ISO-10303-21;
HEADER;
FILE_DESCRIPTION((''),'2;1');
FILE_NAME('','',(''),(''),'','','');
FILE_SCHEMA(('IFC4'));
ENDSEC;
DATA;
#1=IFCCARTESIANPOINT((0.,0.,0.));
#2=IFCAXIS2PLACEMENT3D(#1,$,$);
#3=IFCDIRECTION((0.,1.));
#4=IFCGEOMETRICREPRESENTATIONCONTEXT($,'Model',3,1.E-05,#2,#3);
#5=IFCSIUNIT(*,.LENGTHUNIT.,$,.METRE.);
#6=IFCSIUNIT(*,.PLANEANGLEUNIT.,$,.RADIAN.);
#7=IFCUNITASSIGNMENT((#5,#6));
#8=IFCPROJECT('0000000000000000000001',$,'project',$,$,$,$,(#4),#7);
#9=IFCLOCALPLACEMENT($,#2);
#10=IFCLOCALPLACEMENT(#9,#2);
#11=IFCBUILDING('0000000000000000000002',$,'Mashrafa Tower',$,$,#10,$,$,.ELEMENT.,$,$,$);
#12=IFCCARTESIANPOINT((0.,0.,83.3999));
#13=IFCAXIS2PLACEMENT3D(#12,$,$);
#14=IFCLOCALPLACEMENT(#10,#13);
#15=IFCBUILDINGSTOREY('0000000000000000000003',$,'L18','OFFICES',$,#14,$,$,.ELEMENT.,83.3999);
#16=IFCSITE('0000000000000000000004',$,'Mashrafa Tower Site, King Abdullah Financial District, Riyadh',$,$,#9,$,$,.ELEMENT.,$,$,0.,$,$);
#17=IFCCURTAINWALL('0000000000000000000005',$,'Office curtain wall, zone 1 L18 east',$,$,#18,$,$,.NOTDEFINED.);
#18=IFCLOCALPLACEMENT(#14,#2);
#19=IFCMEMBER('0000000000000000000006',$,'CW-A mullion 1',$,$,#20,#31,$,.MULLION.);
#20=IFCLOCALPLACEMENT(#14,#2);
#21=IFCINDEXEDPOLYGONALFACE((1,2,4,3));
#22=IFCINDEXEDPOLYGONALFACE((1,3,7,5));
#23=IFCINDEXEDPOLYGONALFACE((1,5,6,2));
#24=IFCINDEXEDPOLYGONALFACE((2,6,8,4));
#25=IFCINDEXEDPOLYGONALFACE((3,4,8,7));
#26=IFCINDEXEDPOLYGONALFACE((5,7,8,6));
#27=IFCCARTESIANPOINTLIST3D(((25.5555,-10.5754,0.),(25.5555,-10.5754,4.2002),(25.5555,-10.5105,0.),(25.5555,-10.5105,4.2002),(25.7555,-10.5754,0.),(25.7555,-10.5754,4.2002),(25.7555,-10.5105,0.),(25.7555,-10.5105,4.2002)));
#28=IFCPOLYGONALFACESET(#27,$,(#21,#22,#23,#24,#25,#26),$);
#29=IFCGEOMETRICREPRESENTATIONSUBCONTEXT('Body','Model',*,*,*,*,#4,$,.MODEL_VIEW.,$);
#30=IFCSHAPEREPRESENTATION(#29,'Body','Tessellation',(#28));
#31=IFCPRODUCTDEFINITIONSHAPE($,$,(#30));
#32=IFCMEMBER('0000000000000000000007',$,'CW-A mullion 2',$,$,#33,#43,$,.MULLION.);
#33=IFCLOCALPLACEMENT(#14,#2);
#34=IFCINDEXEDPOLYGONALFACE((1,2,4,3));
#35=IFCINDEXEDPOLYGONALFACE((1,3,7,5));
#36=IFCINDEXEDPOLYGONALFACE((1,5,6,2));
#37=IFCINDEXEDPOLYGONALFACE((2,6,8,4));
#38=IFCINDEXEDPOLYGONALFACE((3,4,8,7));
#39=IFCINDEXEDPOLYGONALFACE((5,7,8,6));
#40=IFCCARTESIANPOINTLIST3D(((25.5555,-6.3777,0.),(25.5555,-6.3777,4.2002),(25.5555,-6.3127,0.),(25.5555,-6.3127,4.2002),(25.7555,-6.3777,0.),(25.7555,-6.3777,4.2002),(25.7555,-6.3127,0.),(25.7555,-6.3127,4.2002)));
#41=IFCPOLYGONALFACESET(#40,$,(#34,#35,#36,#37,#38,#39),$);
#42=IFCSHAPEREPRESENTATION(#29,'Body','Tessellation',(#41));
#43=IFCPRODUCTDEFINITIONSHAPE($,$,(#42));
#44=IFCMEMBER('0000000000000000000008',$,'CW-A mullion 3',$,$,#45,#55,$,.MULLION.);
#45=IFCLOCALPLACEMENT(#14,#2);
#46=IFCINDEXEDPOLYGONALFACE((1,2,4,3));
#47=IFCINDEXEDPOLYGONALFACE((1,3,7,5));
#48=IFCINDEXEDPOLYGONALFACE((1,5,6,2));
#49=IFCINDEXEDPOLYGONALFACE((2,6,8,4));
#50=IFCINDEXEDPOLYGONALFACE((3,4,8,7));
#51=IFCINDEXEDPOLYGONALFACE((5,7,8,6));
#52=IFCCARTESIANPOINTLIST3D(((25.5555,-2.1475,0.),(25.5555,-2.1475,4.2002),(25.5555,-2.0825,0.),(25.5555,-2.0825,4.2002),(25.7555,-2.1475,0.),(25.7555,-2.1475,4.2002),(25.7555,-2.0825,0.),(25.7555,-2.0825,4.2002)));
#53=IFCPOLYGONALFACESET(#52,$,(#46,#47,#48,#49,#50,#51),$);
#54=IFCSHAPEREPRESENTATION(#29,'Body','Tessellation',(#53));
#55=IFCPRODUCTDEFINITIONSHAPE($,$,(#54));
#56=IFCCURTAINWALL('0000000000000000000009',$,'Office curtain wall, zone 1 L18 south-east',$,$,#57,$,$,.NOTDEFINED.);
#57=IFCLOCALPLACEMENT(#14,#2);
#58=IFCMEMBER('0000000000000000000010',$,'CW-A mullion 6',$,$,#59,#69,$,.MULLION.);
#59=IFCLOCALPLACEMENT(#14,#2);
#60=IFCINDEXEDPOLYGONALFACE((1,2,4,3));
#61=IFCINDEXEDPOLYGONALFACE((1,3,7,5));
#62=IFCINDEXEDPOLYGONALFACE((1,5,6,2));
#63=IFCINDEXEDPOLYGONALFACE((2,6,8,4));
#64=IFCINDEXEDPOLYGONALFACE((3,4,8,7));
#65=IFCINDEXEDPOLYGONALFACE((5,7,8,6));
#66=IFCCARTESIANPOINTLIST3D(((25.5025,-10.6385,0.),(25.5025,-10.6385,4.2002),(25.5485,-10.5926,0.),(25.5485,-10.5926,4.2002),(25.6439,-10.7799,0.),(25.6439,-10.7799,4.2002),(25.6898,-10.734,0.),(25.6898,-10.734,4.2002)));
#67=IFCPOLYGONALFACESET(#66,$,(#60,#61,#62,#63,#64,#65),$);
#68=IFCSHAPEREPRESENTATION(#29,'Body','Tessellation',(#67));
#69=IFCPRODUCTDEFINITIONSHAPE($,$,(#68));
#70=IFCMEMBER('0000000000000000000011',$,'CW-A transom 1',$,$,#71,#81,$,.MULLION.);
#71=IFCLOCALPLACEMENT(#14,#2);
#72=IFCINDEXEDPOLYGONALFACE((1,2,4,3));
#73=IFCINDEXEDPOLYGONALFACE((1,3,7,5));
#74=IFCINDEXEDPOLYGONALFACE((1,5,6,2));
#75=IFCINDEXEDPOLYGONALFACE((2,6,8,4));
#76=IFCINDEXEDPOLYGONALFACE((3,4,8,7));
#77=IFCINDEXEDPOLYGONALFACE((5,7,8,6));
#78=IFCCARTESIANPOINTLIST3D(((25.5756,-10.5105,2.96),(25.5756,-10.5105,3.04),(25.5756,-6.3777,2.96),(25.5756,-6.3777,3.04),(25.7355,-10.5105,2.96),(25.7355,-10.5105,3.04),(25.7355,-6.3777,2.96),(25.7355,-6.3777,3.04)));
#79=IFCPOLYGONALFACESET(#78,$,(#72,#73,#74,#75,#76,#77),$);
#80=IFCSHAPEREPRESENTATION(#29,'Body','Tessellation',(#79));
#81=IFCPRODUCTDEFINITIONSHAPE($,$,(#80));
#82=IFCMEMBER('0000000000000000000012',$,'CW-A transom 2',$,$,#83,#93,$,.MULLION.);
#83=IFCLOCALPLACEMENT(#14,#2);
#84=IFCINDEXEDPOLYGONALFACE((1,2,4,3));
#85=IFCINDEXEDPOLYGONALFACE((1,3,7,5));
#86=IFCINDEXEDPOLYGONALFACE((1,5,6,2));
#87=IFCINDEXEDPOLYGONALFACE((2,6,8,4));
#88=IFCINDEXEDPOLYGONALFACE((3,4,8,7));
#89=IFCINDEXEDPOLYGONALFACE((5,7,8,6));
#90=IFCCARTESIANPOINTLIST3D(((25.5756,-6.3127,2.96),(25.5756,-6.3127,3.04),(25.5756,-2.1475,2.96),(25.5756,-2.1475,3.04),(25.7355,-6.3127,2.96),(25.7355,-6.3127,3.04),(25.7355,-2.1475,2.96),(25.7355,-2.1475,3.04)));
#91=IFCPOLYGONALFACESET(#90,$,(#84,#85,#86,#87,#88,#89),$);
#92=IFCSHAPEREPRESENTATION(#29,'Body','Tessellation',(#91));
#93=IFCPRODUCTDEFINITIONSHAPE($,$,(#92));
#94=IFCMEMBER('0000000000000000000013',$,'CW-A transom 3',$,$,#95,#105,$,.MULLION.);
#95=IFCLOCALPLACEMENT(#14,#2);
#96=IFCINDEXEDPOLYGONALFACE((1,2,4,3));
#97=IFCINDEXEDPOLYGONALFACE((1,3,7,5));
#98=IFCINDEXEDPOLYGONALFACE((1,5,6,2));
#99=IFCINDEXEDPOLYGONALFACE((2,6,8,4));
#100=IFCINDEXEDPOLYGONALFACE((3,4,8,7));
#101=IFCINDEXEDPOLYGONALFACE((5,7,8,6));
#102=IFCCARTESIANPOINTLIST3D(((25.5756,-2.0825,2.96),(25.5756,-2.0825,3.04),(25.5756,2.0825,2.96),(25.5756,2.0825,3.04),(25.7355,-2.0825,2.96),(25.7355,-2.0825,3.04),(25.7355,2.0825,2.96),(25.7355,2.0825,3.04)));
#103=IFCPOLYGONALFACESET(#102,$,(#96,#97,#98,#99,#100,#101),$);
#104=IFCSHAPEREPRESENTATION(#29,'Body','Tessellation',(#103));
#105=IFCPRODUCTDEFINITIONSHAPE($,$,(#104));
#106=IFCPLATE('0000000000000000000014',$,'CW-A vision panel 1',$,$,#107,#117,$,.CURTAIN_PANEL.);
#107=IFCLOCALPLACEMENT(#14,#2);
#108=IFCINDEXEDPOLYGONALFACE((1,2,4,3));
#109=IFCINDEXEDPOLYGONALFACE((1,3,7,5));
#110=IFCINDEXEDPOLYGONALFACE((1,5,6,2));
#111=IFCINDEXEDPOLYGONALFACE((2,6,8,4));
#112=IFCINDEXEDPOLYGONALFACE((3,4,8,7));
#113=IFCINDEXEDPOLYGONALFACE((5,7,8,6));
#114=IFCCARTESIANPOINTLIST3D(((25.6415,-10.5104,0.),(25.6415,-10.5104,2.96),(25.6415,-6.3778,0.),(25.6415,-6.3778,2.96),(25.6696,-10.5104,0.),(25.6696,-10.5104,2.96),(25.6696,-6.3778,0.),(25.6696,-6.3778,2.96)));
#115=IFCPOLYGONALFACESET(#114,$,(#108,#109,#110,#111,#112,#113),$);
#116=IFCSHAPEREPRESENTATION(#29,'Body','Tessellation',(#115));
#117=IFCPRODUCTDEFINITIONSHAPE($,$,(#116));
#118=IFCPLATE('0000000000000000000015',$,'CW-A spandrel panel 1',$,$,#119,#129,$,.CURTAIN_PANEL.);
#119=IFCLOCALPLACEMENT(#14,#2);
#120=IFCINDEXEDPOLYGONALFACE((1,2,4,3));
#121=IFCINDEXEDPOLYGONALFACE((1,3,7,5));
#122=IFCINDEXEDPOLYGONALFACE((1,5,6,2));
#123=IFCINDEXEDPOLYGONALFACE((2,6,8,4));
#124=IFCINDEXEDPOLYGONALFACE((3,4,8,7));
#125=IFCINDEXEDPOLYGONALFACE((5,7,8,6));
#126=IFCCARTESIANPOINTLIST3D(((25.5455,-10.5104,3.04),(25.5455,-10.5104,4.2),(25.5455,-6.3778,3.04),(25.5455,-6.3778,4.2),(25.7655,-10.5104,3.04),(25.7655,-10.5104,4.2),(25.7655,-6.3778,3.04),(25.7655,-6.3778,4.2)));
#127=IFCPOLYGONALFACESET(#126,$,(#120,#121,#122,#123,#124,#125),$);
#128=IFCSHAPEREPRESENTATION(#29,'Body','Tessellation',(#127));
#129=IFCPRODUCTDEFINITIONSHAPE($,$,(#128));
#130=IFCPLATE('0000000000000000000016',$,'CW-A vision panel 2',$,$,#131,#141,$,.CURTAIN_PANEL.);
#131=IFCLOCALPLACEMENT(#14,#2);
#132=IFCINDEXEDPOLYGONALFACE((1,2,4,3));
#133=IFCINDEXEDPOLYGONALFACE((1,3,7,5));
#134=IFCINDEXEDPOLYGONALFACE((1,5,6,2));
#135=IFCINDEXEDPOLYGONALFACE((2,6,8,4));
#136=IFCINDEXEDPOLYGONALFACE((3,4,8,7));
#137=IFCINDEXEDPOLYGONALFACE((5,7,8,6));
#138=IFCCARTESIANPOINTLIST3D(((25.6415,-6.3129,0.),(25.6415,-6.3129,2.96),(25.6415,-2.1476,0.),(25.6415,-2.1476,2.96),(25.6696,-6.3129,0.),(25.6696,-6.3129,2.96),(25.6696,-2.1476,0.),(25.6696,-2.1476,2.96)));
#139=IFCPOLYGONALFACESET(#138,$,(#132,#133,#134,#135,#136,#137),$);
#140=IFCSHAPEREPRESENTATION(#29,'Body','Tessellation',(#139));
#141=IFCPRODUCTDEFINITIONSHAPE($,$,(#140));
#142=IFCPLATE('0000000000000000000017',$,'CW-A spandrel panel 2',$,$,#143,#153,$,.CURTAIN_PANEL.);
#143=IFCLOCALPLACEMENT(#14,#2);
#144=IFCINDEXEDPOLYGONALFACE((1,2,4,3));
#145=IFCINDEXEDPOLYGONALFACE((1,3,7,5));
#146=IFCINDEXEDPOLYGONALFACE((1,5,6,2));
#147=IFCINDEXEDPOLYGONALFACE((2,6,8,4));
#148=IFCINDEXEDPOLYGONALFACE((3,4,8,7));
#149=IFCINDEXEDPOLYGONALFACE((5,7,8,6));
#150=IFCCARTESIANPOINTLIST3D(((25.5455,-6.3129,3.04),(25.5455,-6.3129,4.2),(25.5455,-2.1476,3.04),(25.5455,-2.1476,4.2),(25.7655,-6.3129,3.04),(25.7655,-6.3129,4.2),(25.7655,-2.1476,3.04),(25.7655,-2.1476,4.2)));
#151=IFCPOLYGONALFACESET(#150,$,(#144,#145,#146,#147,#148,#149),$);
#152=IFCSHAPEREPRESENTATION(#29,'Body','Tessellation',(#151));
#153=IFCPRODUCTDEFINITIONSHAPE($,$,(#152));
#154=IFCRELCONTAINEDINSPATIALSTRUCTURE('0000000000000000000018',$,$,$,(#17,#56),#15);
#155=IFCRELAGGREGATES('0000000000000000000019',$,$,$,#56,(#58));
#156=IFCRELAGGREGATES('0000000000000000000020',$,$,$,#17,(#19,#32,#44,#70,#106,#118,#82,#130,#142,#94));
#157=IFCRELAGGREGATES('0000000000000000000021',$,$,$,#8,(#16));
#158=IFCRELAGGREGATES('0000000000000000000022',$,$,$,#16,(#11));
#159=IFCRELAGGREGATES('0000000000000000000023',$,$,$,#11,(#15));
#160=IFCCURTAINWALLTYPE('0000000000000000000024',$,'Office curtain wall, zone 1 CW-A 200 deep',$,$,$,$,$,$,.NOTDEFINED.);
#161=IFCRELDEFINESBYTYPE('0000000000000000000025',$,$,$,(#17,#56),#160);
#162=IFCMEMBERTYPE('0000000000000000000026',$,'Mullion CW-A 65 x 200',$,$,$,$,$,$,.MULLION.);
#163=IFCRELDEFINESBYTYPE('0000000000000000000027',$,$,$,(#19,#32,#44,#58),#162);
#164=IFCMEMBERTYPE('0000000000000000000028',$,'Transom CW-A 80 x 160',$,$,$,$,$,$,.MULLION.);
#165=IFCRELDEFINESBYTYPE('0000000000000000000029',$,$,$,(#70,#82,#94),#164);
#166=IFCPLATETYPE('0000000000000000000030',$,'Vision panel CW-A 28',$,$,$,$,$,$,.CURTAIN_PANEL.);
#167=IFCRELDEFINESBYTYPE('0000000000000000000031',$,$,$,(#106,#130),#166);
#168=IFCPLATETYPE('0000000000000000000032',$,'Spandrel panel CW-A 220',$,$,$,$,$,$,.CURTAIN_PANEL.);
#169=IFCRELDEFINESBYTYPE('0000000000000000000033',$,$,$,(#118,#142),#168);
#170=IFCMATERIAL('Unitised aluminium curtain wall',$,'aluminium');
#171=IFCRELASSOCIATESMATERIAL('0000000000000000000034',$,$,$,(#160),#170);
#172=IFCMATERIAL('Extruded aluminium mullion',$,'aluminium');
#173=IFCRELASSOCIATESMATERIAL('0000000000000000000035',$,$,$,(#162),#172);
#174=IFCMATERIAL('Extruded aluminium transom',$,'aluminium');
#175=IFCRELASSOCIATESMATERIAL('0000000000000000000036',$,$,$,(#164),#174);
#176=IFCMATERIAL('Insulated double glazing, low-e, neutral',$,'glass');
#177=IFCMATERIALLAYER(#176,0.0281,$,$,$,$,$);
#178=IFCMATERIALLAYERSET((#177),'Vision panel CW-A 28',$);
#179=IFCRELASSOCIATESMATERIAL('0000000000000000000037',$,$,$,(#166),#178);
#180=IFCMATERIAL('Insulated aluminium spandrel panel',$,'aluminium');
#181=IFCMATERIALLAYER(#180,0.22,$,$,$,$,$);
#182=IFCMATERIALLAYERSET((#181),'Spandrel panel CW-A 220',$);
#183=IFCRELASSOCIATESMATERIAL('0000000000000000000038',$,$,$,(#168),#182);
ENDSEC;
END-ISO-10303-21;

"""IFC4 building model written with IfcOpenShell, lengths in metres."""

from ifc_helpers import new_model, si_unit, direction, frame, origin, origin_2d, place, context, subcontext, project, spatial, rectangle, extrude, source, transform, mapped, material, layer, layer_set, material_profile, profile_set, type_object, type_shapes, element, aggregate, save


model = new_model("IFC4")

# Units and contexts
model_context = context("Model", 3, precision=1e-05, world=origin(), true_north=direction((0.0, 1.0)))
body_context = subcontext(model_context, "Body", "Model", "MODEL_VIEW")
ifc_project = project(units=[si_unit("LENGTHUNIT", "METRE"), si_unit("PLANEANGLEUNIT", "RADIAN")], contexts=[model_context])

# Site, building, storey
site_placement = place(None, origin())
site = spatial("IfcSite", under=ifc_project, at=site_placement, Name="Mashrafa Tower Site, King Abdullah Financial District, Riyadh", CompositionType="ELEMENT", RefElevation=0.0)
building_placement = place(site_placement, origin())
building = spatial("IfcBuilding", under=site, at=building_placement, Name="Mashrafa Tower", CompositionType="ELEMENT")
storey_placement = place(building_placement, frame((0.0, 0.0, 83.3999)))
storey = spatial("IfcBuildingStorey", under=building, at=storey_placement, Name="L18", Description="OFFICES", CompositionType="ELEMENT", Elevation=83.3999)

# Curtain wall, members
ifc_material_1 = material(Name="Unitised aluminium curtain wall", Category="aluminium")
curtain_wall_type = type_object("IfcCurtainWallType", Name="Office curtain wall, zone 1 CW-A 200 deep", PredefinedType="NOTDEFINED", material=ifc_material_1)
curtain_wall_1_placement = place(storey_placement, origin())
curtain_wall_1 = element("IfcCurtainWall", 1, at=curtain_wall_1_placement, inside=storey, type_object=curtain_wall_type, Name="Office curtain wall, zone 1 L18 east", PredefinedType="NOTDEFINED")
ifc_material_2 = material(Name="Extruded aluminium mullion", Category="aluminium")
ifc_material_profile_1 = material_profile(ifc_material_2, rectangle(XDim=0.2, YDim=0.0649, at=origin_2d()), Name="Mullion 65x200")
ifc_profile_set_1 = profile_set([ifc_material_profile_1], Name="Extruded aluminium mullion")
member_type_1 = type_object("IfcMemberType", Name="Mullion CW-A 65 x 200", PredefinedType="MULLION", material=ifc_profile_set_1)
shared_shape_1 = source(origin(), body_context, "Body", "SweptSolid", [
    extrude(rectangle(XDim=0.2, YDim=0.0649, at=origin_2d()), origin(), (0.0, 0.0, 1.0), 4.2002),
])
type_shapes(member_type_1, [shared_shape_1])
member_1_placement = place(storey_placement, frame((25.6555, -10.543, 0.0), z_axis=(0.0, 0.0, 1.0), x_axis=(-1.0, 0.0, 0.0)))
member_1 = element("IfcMember", 2, at=member_1_placement, type_object=member_type_1, Name="CW-A mullion 1", PredefinedType="MULLION", context=body_context, shape_type="MappedRepresentation", body=[
    mapped(shared_shape_1, transform((0.0, 0.0, 0.0))),
])
member_2_placement = place(storey_placement, frame((25.6555, -6.3452, 0.0), z_axis=(0.0, 0.0, 1.0), x_axis=(-1.0, 0.0, 0.0)))
member_2 = element("IfcMember", 3, at=member_2_placement, type_object=member_type_1, Name="CW-A mullion 2", PredefinedType="MULLION", context=body_context, shape_type="MappedRepresentation", body=[
    mapped(shared_shape_1, transform((0.0, 0.0, 0.0))),
])
member_3_placement = place(storey_placement, frame((25.6555, -2.115, 0.0), z_axis=(0.0, 0.0, 1.0), x_axis=(-1.0, 0.0, 0.0)))
member_3 = element("IfcMember", 4, at=member_3_placement, type_object=member_type_1, Name="CW-A mullion 3", PredefinedType="MULLION", context=body_context, shape_type="MappedRepresentation", body=[
    mapped(shared_shape_1, transform((0.0, 0.0, 0.0))),
])

# Curtain wall, member
curtain_wall_2_placement = place(storey_placement, origin())
curtain_wall_2 = element("IfcCurtainWall", 5, at=curtain_wall_2_placement, inside=storey, type_object=curtain_wall_type, Name="Office curtain wall, zone 1 L18 south-east", PredefinedType="NOTDEFINED")
member_4_placement = place(storey_placement, frame((25.5962, -10.6863, 0.0), z_axis=(0.0, 0.0, 1.0), x_axis=(-0.707107, 0.707107, 0.0)))
member_4 = element("IfcMember", 6, at=member_4_placement, type_object=member_type_1, Name="CW-A mullion 6", PredefinedType="MULLION", context=body_context, shape_type="MappedRepresentation", body=[
    mapped(shared_shape_1, transform((0.0, 0.0, 0.0))),
])
aggregate(curtain_wall_2, [member_4])

# Members
ifc_material_3 = material(Name="Extruded aluminium transom", Category="aluminium")
ifc_material_profile_2 = material_profile(ifc_material_3, rectangle(XDim=0.1599, YDim=0.0801, at=origin_2d()), Name="Transom 80x160")
ifc_profile_set_2 = profile_set([ifc_material_profile_2], Name="Extruded aluminium transom")
member_type_2 = type_object("IfcMemberType", Name="Transom CW-A 80 x 160", PredefinedType="MULLION", material=ifc_profile_set_2)
shared_shape_2 = source(origin(), body_context, "Body", "SweptSolid", [
    extrude(rectangle(XDim=0.1599, YDim=0.0801, at=origin_2d()), origin(), (0.0, 0.0, 1.0), 4.1328),
])
member_5_placement = place(storey_placement, frame((25.6555, -10.5105, 3.0), z_axis=(0.0, 1.0, 0.0), x_axis=(-1.0, 0.0, 0.0)))
member_5 = element("IfcMember", 7, at=member_5_placement, type_object=member_type_2, Name="CW-A transom 1", PredefinedType="MULLION", context=body_context, shape_type="MappedRepresentation", body=[
    mapped(shared_shape_2, transform((0.0, 0.0, 0.0))),
])
shared_shape_3 = source(origin(), body_context, "Body", "SweptSolid", [
    extrude(rectangle(XDim=0.1599, YDim=0.0801, at=origin_2d()), origin(), (0.0, 0.0, 1.0), 4.1653),
])
member_6_placement = place(storey_placement, frame((25.6555, -6.3127, 3.0), z_axis=(0.0, 1.0, 0.0), x_axis=(-1.0, 0.0, 0.0)))
member_6 = element("IfcMember", 8, at=member_6_placement, type_object=member_type_2, Name="CW-A transom 2", PredefinedType="MULLION", context=body_context, shape_type="MappedRepresentation", body=[
    mapped(shared_shape_3, transform((0.0, 0.0, 0.0))),
])
shared_shape_4 = source(origin(), body_context, "Body", "SweptSolid", [
    extrude(rectangle(XDim=0.1599, YDim=0.0801, at=origin_2d()), origin(), (0.0, 0.0, 1.0), 4.165),
])
type_shapes(member_type_2, [shared_shape_2, shared_shape_3, shared_shape_4])
member_7_placement = place(storey_placement, frame((25.6555, -2.0825, 3.0), z_axis=(0.0, 1.0, 0.0), x_axis=(-1.0, 0.0, 0.0)))
member_7 = element("IfcMember", 9, at=member_7_placement, type_object=member_type_2, Name="CW-A transom 3", PredefinedType="MULLION", context=body_context, shape_type="MappedRepresentation", body=[
    mapped(shared_shape_4, transform((0.0, 0.0, 0.0))),
])

# Plates
ifc_material_4 = material(Name="Insulated double glazing, low-e, neutral", Category="glass")
ifc_layer_1 = layer(ifc_material_4, 0.0281)
ifc_layer_set_1 = layer_set([ifc_layer_1], Name="Vision panel CW-A 28")
plate_type_1 = type_object("IfcPlateType", Name="Vision panel CW-A 28", PredefinedType="CURTAIN_PANEL", material=ifc_layer_set_1)
shared_shape_5 = source(origin(), body_context, "Body", "SweptSolid", [
    extrude(rectangle(XDim=4.1326, YDim=0.0281, at=origin_2d()), origin(), (0.0, 0.0, 1.0), 2.96),
])
plate_1_placement = place(storey_placement, frame((25.6555, -8.4441, 0.0), z_axis=(0.0, 0.0, 1.0), x_axis=(0.0, 1.0, 0.0)))
plate_1 = element("IfcPlate", 10, at=plate_1_placement, type_object=plate_type_1, Name="CW-A vision panel 1", PredefinedType="CURTAIN_PANEL", context=body_context, shape_type="MappedRepresentation", body=[
    mapped(shared_shape_5, transform((0.0, 0.0, 0.0))),
])
ifc_material_5 = material(Name="Insulated aluminium spandrel panel", Category="aluminium")
ifc_layer_2 = layer(ifc_material_5, 0.22)
ifc_layer_set_2 = layer_set([ifc_layer_2], Name="Spandrel panel CW-A 220")
plate_type_2 = type_object("IfcPlateType", Name="Spandrel panel CW-A 220", PredefinedType="CURTAIN_PANEL", material=ifc_layer_set_2)
shared_shape_6 = source(origin(), body_context, "Body", "SweptSolid", [
    extrude(rectangle(XDim=4.1326, YDim=0.22, at=origin_2d()), origin(), (0.0, 0.0, 1.0), 1.1599),
])
plate_2_placement = place(storey_placement, frame((25.6555, -8.4441, 3.04), z_axis=(0.0, 0.0, 1.0), x_axis=(0.0, 1.0, 0.0)))
plate_2 = element("IfcPlate", 11, at=plate_2_placement, type_object=plate_type_2, Name="CW-A spandrel panel 1", PredefinedType="CURTAIN_PANEL", context=body_context, shape_type="MappedRepresentation", body=[
    mapped(shared_shape_6, transform((0.0, 0.0, 0.0))),
])
shared_shape_7 = source(origin(), body_context, "Body", "SweptSolid", [
    extrude(rectangle(XDim=4.1653, YDim=0.0281, at=origin_2d()), origin(), (0.0, 0.0, 1.0), 2.96),
])
type_shapes(plate_type_1, [shared_shape_5, shared_shape_7])
plate_3_placement = place(storey_placement, frame((25.6555, -4.2302, 0.0), z_axis=(0.0, 0.0, 1.0), x_axis=(0.0, 1.0, 0.0)))
plate_3 = element("IfcPlate", 12, at=plate_3_placement, type_object=plate_type_1, Name="CW-A vision panel 2", PredefinedType="CURTAIN_PANEL", context=body_context, shape_type="MappedRepresentation", body=[
    mapped(shared_shape_7, transform((0.0, 0.0, 0.0))),
])
shared_shape_8 = source(origin(), body_context, "Body", "SweptSolid", [
    extrude(rectangle(XDim=4.1653, YDim=0.22, at=origin_2d()), origin(), (0.0, 0.0, 1.0), 1.1599),
])
type_shapes(plate_type_2, [shared_shape_6, shared_shape_8])
plate_4_placement = place(storey_placement, frame((25.6555, -4.2302, 3.04), z_axis=(0.0, 0.0, 1.0), x_axis=(0.0, 1.0, 0.0)))
plate_4 = element("IfcPlate", 13, at=plate_4_placement, type_object=plate_type_2, Name="CW-A spandrel panel 2", PredefinedType="CURTAIN_PANEL", context=body_context, shape_type="MappedRepresentation", body=[
    mapped(shared_shape_8, transform((0.0, 0.0, 0.0))),
])
aggregate(curtain_wall_1, [member_1, member_2, member_3, member_5, plate_1, plate_2, member_6, plate_3, plate_4, member_7])

save(model, "model.ifc")
